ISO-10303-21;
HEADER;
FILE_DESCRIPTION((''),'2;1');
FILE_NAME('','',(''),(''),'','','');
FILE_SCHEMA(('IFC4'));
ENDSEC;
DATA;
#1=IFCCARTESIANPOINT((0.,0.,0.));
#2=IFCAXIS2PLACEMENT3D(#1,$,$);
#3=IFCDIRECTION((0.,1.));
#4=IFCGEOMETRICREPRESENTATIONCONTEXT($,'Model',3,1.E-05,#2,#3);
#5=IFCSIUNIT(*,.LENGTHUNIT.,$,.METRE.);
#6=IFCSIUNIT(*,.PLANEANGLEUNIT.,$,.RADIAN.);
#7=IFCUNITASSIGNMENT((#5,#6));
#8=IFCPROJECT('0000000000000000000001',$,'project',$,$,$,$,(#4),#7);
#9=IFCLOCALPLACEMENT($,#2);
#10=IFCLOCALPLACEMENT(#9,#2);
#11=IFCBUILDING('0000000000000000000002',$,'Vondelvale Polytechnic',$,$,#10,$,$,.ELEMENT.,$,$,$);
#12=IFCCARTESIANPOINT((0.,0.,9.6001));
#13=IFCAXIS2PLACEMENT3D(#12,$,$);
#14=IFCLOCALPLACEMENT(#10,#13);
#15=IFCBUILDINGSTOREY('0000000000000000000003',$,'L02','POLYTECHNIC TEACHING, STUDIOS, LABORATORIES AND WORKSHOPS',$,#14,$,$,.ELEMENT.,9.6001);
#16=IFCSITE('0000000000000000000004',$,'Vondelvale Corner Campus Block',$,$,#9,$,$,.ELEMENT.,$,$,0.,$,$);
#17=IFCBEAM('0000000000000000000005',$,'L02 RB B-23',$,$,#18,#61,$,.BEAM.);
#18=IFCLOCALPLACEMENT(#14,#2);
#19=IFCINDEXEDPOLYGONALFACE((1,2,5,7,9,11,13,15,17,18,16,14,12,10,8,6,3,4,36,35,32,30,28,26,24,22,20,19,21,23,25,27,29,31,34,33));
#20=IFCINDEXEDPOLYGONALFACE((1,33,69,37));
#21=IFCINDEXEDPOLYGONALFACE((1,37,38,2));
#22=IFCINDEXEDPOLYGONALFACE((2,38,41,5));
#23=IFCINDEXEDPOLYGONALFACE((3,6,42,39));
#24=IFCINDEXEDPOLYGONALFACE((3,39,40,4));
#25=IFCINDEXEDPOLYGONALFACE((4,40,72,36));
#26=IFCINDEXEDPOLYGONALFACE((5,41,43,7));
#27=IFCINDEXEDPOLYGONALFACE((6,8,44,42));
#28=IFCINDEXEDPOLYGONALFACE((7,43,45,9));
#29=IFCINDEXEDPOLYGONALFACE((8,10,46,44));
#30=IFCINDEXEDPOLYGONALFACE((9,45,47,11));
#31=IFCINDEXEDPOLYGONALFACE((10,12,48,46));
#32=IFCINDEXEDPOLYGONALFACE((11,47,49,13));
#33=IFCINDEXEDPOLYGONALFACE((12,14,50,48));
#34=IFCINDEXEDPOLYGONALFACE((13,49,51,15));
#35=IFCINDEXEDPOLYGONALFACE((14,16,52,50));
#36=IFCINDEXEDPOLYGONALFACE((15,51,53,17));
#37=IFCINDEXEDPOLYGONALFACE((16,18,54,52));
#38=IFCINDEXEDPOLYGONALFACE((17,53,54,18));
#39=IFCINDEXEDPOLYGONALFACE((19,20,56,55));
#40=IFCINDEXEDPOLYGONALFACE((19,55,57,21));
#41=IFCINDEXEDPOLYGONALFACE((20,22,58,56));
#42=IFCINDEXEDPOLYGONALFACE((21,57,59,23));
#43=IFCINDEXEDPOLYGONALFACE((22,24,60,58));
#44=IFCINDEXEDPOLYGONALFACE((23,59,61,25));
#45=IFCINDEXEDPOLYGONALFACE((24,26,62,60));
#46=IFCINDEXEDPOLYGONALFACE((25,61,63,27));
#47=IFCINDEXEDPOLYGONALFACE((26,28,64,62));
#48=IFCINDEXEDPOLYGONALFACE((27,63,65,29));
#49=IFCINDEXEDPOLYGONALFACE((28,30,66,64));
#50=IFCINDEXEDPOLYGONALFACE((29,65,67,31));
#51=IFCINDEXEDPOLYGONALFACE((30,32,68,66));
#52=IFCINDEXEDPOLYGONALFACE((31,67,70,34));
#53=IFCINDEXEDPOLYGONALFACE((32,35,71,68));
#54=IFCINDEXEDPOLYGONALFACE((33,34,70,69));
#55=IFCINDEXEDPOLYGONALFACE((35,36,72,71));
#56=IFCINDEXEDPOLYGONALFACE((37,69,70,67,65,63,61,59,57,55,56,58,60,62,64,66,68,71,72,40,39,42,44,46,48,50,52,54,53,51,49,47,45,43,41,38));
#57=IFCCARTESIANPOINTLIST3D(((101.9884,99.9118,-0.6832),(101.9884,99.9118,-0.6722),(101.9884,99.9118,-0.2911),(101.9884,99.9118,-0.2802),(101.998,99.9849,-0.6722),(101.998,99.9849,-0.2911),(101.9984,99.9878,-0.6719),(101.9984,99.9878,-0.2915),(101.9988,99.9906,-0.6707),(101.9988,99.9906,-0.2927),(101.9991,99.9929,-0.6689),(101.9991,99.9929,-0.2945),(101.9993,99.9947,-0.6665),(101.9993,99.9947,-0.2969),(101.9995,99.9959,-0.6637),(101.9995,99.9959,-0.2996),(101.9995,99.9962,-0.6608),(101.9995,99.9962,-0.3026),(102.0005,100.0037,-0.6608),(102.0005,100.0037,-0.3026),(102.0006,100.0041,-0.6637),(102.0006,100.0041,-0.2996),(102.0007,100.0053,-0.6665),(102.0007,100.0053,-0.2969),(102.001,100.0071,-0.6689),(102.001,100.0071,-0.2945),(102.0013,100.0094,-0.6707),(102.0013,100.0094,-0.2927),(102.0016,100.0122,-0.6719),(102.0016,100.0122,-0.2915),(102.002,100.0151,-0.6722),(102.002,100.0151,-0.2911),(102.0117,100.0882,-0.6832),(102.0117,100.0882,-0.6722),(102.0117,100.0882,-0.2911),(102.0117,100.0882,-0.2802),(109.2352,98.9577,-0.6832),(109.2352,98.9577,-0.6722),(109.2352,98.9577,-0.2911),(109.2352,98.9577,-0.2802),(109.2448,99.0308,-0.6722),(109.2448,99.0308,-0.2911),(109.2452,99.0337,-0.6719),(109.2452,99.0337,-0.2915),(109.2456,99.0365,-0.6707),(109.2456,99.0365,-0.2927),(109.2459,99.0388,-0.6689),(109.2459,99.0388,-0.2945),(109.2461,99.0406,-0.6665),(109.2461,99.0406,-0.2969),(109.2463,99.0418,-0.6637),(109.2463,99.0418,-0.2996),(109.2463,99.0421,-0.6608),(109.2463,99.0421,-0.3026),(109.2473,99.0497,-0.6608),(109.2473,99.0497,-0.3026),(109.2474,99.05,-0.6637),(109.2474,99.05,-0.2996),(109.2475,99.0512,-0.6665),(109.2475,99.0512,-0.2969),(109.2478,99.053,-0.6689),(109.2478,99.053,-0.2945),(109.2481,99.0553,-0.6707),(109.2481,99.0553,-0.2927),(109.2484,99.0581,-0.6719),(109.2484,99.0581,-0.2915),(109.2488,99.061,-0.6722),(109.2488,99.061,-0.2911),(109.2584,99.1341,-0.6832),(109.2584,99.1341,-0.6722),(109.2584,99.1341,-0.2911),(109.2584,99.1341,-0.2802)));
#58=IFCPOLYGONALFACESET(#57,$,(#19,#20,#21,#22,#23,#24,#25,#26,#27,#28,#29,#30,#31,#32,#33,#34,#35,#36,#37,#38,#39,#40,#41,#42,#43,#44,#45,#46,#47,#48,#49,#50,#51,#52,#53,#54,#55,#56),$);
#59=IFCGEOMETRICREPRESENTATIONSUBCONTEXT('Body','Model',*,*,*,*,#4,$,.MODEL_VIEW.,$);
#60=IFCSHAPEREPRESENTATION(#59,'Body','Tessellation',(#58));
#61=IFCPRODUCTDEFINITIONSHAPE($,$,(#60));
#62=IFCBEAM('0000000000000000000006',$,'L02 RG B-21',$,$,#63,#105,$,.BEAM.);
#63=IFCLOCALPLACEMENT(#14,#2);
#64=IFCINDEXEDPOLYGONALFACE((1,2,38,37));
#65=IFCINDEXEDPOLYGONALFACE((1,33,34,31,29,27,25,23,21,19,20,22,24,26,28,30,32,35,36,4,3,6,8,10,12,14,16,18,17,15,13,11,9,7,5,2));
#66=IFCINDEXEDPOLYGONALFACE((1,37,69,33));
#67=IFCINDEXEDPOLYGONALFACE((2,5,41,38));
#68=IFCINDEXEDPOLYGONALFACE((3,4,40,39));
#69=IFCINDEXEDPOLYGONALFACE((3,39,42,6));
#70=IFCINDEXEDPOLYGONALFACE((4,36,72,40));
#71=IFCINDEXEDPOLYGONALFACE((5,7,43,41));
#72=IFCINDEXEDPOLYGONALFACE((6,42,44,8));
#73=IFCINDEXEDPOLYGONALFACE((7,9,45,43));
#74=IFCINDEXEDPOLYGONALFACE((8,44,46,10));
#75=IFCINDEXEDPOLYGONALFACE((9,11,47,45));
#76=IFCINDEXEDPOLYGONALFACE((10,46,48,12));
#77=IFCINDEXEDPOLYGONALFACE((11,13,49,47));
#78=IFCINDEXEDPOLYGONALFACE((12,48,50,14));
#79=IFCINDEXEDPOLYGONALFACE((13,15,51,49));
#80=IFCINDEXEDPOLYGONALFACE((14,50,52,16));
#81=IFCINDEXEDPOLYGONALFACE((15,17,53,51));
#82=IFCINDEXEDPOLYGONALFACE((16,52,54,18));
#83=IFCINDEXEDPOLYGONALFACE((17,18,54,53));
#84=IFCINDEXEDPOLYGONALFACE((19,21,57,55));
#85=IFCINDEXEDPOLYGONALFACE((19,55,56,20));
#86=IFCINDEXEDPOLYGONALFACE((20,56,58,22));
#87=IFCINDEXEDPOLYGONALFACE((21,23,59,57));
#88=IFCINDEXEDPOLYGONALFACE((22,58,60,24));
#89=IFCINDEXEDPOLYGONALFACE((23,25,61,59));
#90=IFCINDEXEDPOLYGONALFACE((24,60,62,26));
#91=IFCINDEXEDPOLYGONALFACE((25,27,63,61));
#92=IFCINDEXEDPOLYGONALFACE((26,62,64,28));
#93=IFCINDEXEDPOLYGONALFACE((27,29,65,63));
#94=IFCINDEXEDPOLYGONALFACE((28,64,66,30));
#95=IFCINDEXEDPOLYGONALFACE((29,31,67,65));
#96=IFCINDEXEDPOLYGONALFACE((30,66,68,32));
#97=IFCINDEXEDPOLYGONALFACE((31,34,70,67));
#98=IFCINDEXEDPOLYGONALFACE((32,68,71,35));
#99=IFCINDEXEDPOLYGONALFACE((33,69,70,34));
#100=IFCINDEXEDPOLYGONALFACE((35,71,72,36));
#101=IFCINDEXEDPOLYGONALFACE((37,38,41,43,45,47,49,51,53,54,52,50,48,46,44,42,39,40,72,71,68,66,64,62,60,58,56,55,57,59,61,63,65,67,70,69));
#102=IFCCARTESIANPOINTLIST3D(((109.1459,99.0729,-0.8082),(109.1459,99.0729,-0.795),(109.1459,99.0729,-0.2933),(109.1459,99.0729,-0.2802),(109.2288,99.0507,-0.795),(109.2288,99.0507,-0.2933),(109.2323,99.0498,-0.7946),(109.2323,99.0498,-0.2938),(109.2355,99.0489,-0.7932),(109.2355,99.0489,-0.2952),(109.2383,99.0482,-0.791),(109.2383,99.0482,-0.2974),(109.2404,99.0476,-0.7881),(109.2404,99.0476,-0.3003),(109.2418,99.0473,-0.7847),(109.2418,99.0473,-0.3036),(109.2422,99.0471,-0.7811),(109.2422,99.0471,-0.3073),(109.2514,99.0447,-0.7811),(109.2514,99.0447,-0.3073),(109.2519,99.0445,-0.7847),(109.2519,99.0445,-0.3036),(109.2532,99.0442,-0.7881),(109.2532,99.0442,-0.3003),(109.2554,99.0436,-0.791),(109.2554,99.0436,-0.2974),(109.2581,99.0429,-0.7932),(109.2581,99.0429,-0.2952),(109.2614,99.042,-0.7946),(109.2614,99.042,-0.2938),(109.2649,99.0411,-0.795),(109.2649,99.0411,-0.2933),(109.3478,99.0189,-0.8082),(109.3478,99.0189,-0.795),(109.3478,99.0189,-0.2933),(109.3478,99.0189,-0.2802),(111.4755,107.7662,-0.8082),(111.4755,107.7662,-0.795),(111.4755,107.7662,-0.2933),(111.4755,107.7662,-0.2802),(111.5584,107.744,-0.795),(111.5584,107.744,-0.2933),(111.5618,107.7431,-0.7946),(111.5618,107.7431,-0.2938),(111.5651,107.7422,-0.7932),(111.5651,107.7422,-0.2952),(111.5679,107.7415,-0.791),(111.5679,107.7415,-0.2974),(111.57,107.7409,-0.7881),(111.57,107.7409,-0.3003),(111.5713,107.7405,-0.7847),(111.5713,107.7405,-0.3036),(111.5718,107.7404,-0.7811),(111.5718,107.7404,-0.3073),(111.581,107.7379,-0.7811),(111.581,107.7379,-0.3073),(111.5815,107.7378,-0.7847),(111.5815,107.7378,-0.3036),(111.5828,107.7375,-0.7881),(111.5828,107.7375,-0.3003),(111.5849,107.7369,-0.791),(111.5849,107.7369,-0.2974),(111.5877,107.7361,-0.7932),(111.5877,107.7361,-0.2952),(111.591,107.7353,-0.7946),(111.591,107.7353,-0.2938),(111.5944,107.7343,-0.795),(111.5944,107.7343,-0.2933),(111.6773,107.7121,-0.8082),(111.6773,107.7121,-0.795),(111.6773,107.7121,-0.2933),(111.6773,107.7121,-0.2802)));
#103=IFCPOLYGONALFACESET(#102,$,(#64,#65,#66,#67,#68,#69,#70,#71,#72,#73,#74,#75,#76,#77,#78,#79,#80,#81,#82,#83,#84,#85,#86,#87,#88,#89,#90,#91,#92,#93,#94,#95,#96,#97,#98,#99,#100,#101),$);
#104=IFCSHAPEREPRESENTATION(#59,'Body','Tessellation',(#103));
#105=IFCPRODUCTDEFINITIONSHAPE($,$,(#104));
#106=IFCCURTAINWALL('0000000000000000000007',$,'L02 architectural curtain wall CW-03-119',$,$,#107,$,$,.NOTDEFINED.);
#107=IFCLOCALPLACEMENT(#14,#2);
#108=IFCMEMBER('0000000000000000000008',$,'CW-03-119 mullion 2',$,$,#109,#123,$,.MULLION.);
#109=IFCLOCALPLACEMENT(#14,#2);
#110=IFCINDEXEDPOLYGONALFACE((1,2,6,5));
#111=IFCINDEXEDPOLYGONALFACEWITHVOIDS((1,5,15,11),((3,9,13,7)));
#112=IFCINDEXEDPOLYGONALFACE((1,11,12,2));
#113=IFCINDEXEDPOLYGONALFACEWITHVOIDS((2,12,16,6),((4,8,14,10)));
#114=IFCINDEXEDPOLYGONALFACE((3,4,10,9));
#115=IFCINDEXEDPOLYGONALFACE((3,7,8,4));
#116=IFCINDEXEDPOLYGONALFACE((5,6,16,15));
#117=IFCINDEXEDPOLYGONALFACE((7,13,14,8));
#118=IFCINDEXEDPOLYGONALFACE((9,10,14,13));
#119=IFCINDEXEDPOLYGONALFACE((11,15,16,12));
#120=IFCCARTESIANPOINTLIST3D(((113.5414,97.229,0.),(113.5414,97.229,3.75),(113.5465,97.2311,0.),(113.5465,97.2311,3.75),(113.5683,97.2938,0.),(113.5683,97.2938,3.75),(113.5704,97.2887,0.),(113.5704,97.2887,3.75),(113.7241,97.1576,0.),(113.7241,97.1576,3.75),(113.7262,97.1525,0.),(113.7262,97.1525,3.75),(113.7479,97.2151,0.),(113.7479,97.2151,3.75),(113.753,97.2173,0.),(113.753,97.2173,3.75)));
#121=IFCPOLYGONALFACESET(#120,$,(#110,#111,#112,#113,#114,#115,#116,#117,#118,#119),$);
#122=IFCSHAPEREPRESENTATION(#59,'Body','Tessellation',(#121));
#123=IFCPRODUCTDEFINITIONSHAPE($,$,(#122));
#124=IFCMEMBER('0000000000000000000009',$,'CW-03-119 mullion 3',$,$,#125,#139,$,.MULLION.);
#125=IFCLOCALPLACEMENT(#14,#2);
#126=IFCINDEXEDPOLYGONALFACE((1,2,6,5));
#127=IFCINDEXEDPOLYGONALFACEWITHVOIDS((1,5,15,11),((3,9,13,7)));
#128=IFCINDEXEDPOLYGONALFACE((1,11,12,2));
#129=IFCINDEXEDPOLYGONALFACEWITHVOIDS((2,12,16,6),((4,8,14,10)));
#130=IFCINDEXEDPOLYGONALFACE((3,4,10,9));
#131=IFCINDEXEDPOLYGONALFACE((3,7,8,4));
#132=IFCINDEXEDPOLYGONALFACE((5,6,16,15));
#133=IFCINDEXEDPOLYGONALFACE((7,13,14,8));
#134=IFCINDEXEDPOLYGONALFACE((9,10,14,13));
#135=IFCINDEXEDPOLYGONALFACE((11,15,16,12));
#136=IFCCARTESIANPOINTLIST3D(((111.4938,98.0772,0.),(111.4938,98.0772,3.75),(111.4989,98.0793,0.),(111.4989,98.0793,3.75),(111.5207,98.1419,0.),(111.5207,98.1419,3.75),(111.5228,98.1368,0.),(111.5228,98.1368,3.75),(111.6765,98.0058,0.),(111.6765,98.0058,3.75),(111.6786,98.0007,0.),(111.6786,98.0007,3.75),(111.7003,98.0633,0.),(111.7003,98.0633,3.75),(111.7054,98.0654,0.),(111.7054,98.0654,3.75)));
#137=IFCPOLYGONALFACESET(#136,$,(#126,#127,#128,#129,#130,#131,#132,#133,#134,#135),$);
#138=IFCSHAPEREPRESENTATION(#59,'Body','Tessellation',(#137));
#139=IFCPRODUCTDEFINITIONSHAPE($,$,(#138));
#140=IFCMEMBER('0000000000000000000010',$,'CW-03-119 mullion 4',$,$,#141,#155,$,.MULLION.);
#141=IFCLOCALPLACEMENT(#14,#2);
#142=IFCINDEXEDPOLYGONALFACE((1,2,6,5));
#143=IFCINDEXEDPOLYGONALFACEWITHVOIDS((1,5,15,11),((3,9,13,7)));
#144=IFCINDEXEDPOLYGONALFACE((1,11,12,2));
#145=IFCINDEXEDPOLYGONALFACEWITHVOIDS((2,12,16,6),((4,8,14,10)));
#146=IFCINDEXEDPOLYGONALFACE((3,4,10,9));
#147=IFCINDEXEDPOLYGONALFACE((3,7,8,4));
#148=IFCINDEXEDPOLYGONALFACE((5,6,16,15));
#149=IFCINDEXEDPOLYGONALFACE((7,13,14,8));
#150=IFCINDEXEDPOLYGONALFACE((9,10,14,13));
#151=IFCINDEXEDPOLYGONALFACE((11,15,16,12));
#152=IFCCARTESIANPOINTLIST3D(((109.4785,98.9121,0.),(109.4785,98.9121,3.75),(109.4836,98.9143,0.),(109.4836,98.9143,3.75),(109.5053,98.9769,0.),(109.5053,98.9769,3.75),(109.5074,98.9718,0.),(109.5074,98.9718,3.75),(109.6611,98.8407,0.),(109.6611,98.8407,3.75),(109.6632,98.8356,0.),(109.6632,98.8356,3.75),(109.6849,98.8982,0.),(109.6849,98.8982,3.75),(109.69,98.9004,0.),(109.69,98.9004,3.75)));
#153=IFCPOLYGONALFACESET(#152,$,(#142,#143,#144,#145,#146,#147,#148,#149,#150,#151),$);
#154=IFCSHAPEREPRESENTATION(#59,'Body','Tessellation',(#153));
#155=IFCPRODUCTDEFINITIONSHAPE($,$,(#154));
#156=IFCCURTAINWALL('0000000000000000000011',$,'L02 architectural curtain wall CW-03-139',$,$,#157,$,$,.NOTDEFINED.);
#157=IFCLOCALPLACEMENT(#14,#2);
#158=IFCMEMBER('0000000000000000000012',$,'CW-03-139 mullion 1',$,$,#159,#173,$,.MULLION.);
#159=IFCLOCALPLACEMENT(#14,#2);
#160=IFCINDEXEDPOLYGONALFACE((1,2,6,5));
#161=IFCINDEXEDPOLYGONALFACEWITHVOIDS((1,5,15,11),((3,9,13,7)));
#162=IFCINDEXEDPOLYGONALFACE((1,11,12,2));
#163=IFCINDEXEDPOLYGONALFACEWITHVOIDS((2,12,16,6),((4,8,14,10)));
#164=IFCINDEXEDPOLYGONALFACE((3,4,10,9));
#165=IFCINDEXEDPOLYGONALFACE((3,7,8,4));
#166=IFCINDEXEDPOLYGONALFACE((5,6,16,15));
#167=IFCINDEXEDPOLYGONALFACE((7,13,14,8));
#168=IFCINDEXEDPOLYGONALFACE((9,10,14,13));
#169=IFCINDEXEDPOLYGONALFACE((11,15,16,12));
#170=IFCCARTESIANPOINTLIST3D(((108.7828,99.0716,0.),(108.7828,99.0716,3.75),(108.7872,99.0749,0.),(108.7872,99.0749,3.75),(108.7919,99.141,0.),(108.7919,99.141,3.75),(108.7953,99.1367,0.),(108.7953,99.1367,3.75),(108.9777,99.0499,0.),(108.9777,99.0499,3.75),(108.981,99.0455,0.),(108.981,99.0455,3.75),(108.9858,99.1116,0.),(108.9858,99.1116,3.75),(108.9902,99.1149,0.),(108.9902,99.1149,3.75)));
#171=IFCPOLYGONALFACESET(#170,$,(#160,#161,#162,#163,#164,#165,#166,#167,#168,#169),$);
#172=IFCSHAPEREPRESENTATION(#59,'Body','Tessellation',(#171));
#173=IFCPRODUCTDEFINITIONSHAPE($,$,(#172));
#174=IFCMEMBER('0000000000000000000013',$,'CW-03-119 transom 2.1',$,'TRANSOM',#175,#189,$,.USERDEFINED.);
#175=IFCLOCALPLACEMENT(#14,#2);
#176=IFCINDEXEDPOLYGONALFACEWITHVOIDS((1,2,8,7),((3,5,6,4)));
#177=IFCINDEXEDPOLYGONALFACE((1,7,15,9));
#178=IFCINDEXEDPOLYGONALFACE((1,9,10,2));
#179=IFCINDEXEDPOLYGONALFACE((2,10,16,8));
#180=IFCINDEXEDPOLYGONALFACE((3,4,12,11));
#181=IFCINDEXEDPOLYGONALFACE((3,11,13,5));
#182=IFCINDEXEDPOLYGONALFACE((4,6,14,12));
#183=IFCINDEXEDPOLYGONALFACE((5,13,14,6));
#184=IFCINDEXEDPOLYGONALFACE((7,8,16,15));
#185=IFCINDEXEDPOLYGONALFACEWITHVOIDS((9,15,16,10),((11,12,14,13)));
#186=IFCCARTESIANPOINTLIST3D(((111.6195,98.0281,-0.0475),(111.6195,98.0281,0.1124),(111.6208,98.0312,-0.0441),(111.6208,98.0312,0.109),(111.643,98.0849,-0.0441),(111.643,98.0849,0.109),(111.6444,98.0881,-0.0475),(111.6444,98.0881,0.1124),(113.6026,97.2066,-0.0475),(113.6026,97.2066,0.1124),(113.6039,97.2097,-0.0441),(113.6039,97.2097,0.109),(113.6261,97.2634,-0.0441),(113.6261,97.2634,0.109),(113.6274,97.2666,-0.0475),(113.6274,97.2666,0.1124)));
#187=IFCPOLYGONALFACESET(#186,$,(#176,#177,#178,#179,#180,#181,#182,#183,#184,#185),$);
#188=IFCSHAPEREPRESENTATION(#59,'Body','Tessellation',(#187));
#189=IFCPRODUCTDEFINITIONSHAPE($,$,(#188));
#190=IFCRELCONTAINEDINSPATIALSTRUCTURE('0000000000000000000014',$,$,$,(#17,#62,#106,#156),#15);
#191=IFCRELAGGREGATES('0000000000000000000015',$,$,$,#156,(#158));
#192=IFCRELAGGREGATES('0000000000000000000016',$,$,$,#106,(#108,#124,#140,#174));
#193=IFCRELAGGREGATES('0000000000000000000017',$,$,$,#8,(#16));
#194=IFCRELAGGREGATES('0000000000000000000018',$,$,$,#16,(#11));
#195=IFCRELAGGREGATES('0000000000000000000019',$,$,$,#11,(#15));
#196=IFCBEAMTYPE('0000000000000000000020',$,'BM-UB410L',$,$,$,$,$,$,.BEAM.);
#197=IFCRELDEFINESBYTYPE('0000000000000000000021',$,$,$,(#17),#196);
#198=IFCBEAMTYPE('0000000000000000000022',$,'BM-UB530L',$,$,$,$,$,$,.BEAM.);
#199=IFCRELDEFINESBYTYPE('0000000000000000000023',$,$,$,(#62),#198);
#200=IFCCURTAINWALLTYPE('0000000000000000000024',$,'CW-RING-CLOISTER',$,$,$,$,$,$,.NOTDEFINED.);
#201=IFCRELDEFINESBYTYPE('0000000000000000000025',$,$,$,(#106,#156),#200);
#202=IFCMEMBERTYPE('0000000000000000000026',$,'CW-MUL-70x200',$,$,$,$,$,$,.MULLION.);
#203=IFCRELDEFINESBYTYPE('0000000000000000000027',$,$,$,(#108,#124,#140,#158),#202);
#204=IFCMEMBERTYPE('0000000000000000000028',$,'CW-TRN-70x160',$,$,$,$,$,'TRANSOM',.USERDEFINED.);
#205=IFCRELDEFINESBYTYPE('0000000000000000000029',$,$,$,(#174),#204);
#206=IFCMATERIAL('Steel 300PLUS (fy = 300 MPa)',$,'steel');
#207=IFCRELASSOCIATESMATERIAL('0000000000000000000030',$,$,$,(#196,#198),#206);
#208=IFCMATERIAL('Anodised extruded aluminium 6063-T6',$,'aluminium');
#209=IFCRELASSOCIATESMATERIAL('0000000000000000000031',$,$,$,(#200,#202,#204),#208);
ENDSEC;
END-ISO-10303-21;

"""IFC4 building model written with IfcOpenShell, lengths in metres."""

from ifc_helpers import new_model, si_unit, direction, frame, origin, origin_2d, place, context, subcontext, project, spatial, hollow_rectangle, i_section, extrude, material, material_profile, profile_set, type_object, element, aggregate, save


model = new_model("IFC4")

# Units and contexts
model_context = context("Model", 3, precision=1e-05, world=origin(), true_north=direction((0.0, 1.0)))
body_context = subcontext(model_context, "Body", "Model", "MODEL_VIEW")
ifc_project = project(units=[si_unit("LENGTHUNIT", "METRE"), si_unit("PLANEANGLEUNIT", "RADIAN")], contexts=[model_context])

# Site, building, storey
site_placement = place(None, origin())
site = spatial("IfcSite", under=ifc_project, at=site_placement, Name="Vondelvale Corner Campus Block", CompositionType="ELEMENT", RefElevation=0.0)
building_placement = place(site_placement, origin())
building = spatial("IfcBuilding", under=site, at=building_placement, Name="Vondelvale Polytechnic", CompositionType="ELEMENT")
storey_placement = place(building_placement, frame((0.0, 0.0, 9.6001)))
storey = spatial("IfcBuildingStorey", under=building, at=storey_placement, Name="L02", Description="POLYTECHNIC TEACHING, STUDIOS, LABORATORIES AND WORKSHOPS", CompositionType="ELEMENT", Elevation=9.6001)

# Beams
ifc_material_1 = material(Name="Steel 300PLUS (fy = 300 MPa)", Category="steel")
ifc_material_profile_1 = material_profile(ifc_material_1, i_section(OverallWidth=0.178, OverallDepth=0.4031, WebThickness=0.0076, FlangeThickness=0.011, FilletRadius=0.0115, at=origin_2d()), Name="410UB53.7")
ifc_profile_set_1 = profile_set([ifc_material_profile_1], Name="Steel 300PLUS (fy = 300 MPa)")
beam_type_1 = type_object("IfcBeamType", Name="BM-UB410L", PredefinedType="BEAM", material=ifc_profile_set_1)
beam_1_placement = place(storey_placement, frame((109.2468, 99.0459, -0.4817), z_axis=(-0.991444, 0.130531, 0.0), x_axis=(-0.130531, -0.991444, 0.0)))
element("IfcBeam", 1, at=beam_1_placement, inside=storey, type_object=beam_type_1, Name="L02 RB B-23", PredefinedType="BEAM", context=body_context, shape_type="SweptSolid", body=[
    extrude(i_section(OverallWidth=0.178, OverallDepth=0.4031, WebThickness=0.0076, FlangeThickness=0.011, FilletRadius=0.0115, at=origin_2d()), origin(), (0.0, 0.0, 1.0), 7.3093),
])
ifc_material_profile_2 = material_profile(ifc_material_1, i_section(OverallWidth=0.209, OverallDepth=0.5281, WebThickness=0.0095, FlangeThickness=0.0132, FilletRadius=0.0139, at=origin_2d()), Name="530UB82.0")
ifc_profile_set_2 = profile_set([ifc_material_profile_2], Name="Steel 300PLUS (fy = 300 MPa)")
beam_type_2 = type_object("IfcBeamType", Name="BM-UB530L", PredefinedType="BEAM", material=ifc_profile_set_2)
beam_2_placement = place(storey_placement, frame((109.2468, 99.0459, -0.5442), z_axis=(0.258841, 0.96592, 0.0), x_axis=(-0.96592, 0.258841, 0.0)))
element("IfcBeam", 2, at=beam_2_placement, inside=storey, type_object=beam_type_2, Name="L02 RG B-21", PredefinedType="BEAM", context=body_context, shape_type="SweptSolid", body=[
    extrude(i_section(OverallWidth=0.209, OverallDepth=0.5281, WebThickness=0.0095, FlangeThickness=0.0132, FilletRadius=0.0139, at=origin_2d()), origin(), (0.0, 0.0, 1.0), 9.0),
])

# Curtain wall, members
ifc_material_2 = material(Name="Anodised extruded aluminium 6063-T6", Category="aluminium")
curtain_wall_type = type_object("IfcCurtainWallType", Name="CW-RING-CLOISTER", PredefinedType="NOTDEFINED", material=ifc_material_2)
curtain_wall_1_placement = place(storey_placement, origin())
curtain_wall_1 = element("IfcCurtainWall", 3, at=curtain_wall_1_placement, inside=storey, type_object=curtain_wall_type, Name="L02 architectural curtain wall CW-03-119", PredefinedType="NOTDEFINED")
ifc_material_profile_3 = material_profile(ifc_material_2, hollow_rectangle(XDim=0.0701, YDim=0.2, WallThickness=0.0039, at=origin_2d()), Name="CW-MUL-200x70")
ifc_profile_set_3 = profile_set([ifc_material_profile_3], Name="Anodised extruded aluminium 6063-T6")
member_type_1 = type_object("IfcMemberType", Name="CW-MUL-70x200", PredefinedType="MULLION", material=ifc_profile_set_3)
member_1_placement = place(storey_placement, frame((113.6472, 97.2231, 0.0), z_axis=(0.0, 0.0, 1.0), x_axis=(-0.382679, -0.923882, 0.0)))
member_1 = element("IfcMember", 4, at=member_1_placement, type_object=member_type_1, Name="CW-03-119 mullion 2", PredefinedType="MULLION", context=body_context, shape_type="SweptSolid", body=[
    extrude(hollow_rectangle(XDim=0.0701, YDim=0.2, WallThickness=0.0039, at=origin_2d()), origin(), (0.0, 0.0, 1.0), 3.75),
])
member_2_placement = place(storey_placement, frame((111.5996, 98.0713, 0.0), z_axis=(0.0, 0.0, 1.0), x_axis=(-0.382679, -0.923882, 0.0)))
member_2 = element("IfcMember", 5, at=member_2_placement, type_object=member_type_1, Name="CW-03-119 mullion 3", PredefinedType="MULLION", context=body_context, shape_type="SweptSolid", body=[
    extrude(hollow_rectangle(XDim=0.0701, YDim=0.2, WallThickness=0.0039, at=origin_2d()), origin(), (0.0, 0.0, 1.0), 3.75),
])
member_3_placement = place(storey_placement, frame((109.5842, 98.9062, 0.0), z_axis=(0.0, 0.0, 1.0), x_axis=(-0.382679, -0.923882, 0.0)))
member_3 = element("IfcMember", 6, at=member_3_placement, type_object=member_type_1, Name="CW-03-119 mullion 4", PredefinedType="MULLION", context=body_context, shape_type="SweptSolid", body=[
    extrude(hollow_rectangle(XDim=0.0701, YDim=0.2, WallThickness=0.0039, at=origin_2d()), origin(), (0.0, 0.0, 1.0), 3.75),
])

# Curtain wall, member
curtain_wall_2_placement = place(storey_placement, origin())
curtain_wall_2 = element("IfcCurtainWall", 7, at=curtain_wall_2_placement, inside=storey, type_object=curtain_wall_type, Name="L02 architectural curtain wall CW-03-139", PredefinedType="NOTDEFINED")
member_4_placement = place(storey_placement, frame((108.8865, 99.0933, 0.0), z_axis=(0.0, 0.0, 1.0), x_axis=(-0.130528, -0.991445, 0.0)))
member_4 = element("IfcMember", 8, at=member_4_placement, type_object=member_type_1, Name="CW-03-139 mullion 1", PredefinedType="MULLION", context=body_context, shape_type="SweptSolid", body=[
    extrude(hollow_rectangle(XDim=0.0701, YDim=0.2, WallThickness=0.0039, at=origin_2d()), origin(), (0.0, 0.0, 1.0), 3.75),
])

# Member
ifc_material_profile_4 = material_profile(ifc_material_2, hollow_rectangle(XDim=0.0649, YDim=0.1599, WallThickness=0.0034, at=origin_2d()), Name="CW-TRN-160x65")
ifc_profile_set_4 = profile_set([ifc_material_profile_4], Name="Anodised extruded aluminium 6063-T6")
member_type_2 = type_object("IfcMemberType", Name="CW-TRN-70x160", ElementType="TRANSOM", PredefinedType="USERDEFINED", material=ifc_profile_set_4)
member_5_placement = place(storey_placement, frame((113.615, 97.2366, 0.0325), z_axis=(-0.923866, 0.382717, 0.0), x_axis=(-0.382717, -0.923866, 0.0)))
member_5 = element("IfcMember", 9, at=member_5_placement, type_object=member_type_2, Name="CW-03-119 transom 2.1", ObjectType="TRANSOM", PredefinedType="USERDEFINED", context=body_context, shape_type="SweptSolid", body=[
    extrude(hollow_rectangle(XDim=0.0649, YDim=0.1599, WallThickness=0.0034, at=origin_2d()), origin(), (0.0, 0.0, 1.0), 2.1465),
])
aggregate(curtain_wall_2, [member_4])

aggregate(curtain_wall_1, [member_1, member_2, member_3, member_5])

save(model, "model.ifc")
